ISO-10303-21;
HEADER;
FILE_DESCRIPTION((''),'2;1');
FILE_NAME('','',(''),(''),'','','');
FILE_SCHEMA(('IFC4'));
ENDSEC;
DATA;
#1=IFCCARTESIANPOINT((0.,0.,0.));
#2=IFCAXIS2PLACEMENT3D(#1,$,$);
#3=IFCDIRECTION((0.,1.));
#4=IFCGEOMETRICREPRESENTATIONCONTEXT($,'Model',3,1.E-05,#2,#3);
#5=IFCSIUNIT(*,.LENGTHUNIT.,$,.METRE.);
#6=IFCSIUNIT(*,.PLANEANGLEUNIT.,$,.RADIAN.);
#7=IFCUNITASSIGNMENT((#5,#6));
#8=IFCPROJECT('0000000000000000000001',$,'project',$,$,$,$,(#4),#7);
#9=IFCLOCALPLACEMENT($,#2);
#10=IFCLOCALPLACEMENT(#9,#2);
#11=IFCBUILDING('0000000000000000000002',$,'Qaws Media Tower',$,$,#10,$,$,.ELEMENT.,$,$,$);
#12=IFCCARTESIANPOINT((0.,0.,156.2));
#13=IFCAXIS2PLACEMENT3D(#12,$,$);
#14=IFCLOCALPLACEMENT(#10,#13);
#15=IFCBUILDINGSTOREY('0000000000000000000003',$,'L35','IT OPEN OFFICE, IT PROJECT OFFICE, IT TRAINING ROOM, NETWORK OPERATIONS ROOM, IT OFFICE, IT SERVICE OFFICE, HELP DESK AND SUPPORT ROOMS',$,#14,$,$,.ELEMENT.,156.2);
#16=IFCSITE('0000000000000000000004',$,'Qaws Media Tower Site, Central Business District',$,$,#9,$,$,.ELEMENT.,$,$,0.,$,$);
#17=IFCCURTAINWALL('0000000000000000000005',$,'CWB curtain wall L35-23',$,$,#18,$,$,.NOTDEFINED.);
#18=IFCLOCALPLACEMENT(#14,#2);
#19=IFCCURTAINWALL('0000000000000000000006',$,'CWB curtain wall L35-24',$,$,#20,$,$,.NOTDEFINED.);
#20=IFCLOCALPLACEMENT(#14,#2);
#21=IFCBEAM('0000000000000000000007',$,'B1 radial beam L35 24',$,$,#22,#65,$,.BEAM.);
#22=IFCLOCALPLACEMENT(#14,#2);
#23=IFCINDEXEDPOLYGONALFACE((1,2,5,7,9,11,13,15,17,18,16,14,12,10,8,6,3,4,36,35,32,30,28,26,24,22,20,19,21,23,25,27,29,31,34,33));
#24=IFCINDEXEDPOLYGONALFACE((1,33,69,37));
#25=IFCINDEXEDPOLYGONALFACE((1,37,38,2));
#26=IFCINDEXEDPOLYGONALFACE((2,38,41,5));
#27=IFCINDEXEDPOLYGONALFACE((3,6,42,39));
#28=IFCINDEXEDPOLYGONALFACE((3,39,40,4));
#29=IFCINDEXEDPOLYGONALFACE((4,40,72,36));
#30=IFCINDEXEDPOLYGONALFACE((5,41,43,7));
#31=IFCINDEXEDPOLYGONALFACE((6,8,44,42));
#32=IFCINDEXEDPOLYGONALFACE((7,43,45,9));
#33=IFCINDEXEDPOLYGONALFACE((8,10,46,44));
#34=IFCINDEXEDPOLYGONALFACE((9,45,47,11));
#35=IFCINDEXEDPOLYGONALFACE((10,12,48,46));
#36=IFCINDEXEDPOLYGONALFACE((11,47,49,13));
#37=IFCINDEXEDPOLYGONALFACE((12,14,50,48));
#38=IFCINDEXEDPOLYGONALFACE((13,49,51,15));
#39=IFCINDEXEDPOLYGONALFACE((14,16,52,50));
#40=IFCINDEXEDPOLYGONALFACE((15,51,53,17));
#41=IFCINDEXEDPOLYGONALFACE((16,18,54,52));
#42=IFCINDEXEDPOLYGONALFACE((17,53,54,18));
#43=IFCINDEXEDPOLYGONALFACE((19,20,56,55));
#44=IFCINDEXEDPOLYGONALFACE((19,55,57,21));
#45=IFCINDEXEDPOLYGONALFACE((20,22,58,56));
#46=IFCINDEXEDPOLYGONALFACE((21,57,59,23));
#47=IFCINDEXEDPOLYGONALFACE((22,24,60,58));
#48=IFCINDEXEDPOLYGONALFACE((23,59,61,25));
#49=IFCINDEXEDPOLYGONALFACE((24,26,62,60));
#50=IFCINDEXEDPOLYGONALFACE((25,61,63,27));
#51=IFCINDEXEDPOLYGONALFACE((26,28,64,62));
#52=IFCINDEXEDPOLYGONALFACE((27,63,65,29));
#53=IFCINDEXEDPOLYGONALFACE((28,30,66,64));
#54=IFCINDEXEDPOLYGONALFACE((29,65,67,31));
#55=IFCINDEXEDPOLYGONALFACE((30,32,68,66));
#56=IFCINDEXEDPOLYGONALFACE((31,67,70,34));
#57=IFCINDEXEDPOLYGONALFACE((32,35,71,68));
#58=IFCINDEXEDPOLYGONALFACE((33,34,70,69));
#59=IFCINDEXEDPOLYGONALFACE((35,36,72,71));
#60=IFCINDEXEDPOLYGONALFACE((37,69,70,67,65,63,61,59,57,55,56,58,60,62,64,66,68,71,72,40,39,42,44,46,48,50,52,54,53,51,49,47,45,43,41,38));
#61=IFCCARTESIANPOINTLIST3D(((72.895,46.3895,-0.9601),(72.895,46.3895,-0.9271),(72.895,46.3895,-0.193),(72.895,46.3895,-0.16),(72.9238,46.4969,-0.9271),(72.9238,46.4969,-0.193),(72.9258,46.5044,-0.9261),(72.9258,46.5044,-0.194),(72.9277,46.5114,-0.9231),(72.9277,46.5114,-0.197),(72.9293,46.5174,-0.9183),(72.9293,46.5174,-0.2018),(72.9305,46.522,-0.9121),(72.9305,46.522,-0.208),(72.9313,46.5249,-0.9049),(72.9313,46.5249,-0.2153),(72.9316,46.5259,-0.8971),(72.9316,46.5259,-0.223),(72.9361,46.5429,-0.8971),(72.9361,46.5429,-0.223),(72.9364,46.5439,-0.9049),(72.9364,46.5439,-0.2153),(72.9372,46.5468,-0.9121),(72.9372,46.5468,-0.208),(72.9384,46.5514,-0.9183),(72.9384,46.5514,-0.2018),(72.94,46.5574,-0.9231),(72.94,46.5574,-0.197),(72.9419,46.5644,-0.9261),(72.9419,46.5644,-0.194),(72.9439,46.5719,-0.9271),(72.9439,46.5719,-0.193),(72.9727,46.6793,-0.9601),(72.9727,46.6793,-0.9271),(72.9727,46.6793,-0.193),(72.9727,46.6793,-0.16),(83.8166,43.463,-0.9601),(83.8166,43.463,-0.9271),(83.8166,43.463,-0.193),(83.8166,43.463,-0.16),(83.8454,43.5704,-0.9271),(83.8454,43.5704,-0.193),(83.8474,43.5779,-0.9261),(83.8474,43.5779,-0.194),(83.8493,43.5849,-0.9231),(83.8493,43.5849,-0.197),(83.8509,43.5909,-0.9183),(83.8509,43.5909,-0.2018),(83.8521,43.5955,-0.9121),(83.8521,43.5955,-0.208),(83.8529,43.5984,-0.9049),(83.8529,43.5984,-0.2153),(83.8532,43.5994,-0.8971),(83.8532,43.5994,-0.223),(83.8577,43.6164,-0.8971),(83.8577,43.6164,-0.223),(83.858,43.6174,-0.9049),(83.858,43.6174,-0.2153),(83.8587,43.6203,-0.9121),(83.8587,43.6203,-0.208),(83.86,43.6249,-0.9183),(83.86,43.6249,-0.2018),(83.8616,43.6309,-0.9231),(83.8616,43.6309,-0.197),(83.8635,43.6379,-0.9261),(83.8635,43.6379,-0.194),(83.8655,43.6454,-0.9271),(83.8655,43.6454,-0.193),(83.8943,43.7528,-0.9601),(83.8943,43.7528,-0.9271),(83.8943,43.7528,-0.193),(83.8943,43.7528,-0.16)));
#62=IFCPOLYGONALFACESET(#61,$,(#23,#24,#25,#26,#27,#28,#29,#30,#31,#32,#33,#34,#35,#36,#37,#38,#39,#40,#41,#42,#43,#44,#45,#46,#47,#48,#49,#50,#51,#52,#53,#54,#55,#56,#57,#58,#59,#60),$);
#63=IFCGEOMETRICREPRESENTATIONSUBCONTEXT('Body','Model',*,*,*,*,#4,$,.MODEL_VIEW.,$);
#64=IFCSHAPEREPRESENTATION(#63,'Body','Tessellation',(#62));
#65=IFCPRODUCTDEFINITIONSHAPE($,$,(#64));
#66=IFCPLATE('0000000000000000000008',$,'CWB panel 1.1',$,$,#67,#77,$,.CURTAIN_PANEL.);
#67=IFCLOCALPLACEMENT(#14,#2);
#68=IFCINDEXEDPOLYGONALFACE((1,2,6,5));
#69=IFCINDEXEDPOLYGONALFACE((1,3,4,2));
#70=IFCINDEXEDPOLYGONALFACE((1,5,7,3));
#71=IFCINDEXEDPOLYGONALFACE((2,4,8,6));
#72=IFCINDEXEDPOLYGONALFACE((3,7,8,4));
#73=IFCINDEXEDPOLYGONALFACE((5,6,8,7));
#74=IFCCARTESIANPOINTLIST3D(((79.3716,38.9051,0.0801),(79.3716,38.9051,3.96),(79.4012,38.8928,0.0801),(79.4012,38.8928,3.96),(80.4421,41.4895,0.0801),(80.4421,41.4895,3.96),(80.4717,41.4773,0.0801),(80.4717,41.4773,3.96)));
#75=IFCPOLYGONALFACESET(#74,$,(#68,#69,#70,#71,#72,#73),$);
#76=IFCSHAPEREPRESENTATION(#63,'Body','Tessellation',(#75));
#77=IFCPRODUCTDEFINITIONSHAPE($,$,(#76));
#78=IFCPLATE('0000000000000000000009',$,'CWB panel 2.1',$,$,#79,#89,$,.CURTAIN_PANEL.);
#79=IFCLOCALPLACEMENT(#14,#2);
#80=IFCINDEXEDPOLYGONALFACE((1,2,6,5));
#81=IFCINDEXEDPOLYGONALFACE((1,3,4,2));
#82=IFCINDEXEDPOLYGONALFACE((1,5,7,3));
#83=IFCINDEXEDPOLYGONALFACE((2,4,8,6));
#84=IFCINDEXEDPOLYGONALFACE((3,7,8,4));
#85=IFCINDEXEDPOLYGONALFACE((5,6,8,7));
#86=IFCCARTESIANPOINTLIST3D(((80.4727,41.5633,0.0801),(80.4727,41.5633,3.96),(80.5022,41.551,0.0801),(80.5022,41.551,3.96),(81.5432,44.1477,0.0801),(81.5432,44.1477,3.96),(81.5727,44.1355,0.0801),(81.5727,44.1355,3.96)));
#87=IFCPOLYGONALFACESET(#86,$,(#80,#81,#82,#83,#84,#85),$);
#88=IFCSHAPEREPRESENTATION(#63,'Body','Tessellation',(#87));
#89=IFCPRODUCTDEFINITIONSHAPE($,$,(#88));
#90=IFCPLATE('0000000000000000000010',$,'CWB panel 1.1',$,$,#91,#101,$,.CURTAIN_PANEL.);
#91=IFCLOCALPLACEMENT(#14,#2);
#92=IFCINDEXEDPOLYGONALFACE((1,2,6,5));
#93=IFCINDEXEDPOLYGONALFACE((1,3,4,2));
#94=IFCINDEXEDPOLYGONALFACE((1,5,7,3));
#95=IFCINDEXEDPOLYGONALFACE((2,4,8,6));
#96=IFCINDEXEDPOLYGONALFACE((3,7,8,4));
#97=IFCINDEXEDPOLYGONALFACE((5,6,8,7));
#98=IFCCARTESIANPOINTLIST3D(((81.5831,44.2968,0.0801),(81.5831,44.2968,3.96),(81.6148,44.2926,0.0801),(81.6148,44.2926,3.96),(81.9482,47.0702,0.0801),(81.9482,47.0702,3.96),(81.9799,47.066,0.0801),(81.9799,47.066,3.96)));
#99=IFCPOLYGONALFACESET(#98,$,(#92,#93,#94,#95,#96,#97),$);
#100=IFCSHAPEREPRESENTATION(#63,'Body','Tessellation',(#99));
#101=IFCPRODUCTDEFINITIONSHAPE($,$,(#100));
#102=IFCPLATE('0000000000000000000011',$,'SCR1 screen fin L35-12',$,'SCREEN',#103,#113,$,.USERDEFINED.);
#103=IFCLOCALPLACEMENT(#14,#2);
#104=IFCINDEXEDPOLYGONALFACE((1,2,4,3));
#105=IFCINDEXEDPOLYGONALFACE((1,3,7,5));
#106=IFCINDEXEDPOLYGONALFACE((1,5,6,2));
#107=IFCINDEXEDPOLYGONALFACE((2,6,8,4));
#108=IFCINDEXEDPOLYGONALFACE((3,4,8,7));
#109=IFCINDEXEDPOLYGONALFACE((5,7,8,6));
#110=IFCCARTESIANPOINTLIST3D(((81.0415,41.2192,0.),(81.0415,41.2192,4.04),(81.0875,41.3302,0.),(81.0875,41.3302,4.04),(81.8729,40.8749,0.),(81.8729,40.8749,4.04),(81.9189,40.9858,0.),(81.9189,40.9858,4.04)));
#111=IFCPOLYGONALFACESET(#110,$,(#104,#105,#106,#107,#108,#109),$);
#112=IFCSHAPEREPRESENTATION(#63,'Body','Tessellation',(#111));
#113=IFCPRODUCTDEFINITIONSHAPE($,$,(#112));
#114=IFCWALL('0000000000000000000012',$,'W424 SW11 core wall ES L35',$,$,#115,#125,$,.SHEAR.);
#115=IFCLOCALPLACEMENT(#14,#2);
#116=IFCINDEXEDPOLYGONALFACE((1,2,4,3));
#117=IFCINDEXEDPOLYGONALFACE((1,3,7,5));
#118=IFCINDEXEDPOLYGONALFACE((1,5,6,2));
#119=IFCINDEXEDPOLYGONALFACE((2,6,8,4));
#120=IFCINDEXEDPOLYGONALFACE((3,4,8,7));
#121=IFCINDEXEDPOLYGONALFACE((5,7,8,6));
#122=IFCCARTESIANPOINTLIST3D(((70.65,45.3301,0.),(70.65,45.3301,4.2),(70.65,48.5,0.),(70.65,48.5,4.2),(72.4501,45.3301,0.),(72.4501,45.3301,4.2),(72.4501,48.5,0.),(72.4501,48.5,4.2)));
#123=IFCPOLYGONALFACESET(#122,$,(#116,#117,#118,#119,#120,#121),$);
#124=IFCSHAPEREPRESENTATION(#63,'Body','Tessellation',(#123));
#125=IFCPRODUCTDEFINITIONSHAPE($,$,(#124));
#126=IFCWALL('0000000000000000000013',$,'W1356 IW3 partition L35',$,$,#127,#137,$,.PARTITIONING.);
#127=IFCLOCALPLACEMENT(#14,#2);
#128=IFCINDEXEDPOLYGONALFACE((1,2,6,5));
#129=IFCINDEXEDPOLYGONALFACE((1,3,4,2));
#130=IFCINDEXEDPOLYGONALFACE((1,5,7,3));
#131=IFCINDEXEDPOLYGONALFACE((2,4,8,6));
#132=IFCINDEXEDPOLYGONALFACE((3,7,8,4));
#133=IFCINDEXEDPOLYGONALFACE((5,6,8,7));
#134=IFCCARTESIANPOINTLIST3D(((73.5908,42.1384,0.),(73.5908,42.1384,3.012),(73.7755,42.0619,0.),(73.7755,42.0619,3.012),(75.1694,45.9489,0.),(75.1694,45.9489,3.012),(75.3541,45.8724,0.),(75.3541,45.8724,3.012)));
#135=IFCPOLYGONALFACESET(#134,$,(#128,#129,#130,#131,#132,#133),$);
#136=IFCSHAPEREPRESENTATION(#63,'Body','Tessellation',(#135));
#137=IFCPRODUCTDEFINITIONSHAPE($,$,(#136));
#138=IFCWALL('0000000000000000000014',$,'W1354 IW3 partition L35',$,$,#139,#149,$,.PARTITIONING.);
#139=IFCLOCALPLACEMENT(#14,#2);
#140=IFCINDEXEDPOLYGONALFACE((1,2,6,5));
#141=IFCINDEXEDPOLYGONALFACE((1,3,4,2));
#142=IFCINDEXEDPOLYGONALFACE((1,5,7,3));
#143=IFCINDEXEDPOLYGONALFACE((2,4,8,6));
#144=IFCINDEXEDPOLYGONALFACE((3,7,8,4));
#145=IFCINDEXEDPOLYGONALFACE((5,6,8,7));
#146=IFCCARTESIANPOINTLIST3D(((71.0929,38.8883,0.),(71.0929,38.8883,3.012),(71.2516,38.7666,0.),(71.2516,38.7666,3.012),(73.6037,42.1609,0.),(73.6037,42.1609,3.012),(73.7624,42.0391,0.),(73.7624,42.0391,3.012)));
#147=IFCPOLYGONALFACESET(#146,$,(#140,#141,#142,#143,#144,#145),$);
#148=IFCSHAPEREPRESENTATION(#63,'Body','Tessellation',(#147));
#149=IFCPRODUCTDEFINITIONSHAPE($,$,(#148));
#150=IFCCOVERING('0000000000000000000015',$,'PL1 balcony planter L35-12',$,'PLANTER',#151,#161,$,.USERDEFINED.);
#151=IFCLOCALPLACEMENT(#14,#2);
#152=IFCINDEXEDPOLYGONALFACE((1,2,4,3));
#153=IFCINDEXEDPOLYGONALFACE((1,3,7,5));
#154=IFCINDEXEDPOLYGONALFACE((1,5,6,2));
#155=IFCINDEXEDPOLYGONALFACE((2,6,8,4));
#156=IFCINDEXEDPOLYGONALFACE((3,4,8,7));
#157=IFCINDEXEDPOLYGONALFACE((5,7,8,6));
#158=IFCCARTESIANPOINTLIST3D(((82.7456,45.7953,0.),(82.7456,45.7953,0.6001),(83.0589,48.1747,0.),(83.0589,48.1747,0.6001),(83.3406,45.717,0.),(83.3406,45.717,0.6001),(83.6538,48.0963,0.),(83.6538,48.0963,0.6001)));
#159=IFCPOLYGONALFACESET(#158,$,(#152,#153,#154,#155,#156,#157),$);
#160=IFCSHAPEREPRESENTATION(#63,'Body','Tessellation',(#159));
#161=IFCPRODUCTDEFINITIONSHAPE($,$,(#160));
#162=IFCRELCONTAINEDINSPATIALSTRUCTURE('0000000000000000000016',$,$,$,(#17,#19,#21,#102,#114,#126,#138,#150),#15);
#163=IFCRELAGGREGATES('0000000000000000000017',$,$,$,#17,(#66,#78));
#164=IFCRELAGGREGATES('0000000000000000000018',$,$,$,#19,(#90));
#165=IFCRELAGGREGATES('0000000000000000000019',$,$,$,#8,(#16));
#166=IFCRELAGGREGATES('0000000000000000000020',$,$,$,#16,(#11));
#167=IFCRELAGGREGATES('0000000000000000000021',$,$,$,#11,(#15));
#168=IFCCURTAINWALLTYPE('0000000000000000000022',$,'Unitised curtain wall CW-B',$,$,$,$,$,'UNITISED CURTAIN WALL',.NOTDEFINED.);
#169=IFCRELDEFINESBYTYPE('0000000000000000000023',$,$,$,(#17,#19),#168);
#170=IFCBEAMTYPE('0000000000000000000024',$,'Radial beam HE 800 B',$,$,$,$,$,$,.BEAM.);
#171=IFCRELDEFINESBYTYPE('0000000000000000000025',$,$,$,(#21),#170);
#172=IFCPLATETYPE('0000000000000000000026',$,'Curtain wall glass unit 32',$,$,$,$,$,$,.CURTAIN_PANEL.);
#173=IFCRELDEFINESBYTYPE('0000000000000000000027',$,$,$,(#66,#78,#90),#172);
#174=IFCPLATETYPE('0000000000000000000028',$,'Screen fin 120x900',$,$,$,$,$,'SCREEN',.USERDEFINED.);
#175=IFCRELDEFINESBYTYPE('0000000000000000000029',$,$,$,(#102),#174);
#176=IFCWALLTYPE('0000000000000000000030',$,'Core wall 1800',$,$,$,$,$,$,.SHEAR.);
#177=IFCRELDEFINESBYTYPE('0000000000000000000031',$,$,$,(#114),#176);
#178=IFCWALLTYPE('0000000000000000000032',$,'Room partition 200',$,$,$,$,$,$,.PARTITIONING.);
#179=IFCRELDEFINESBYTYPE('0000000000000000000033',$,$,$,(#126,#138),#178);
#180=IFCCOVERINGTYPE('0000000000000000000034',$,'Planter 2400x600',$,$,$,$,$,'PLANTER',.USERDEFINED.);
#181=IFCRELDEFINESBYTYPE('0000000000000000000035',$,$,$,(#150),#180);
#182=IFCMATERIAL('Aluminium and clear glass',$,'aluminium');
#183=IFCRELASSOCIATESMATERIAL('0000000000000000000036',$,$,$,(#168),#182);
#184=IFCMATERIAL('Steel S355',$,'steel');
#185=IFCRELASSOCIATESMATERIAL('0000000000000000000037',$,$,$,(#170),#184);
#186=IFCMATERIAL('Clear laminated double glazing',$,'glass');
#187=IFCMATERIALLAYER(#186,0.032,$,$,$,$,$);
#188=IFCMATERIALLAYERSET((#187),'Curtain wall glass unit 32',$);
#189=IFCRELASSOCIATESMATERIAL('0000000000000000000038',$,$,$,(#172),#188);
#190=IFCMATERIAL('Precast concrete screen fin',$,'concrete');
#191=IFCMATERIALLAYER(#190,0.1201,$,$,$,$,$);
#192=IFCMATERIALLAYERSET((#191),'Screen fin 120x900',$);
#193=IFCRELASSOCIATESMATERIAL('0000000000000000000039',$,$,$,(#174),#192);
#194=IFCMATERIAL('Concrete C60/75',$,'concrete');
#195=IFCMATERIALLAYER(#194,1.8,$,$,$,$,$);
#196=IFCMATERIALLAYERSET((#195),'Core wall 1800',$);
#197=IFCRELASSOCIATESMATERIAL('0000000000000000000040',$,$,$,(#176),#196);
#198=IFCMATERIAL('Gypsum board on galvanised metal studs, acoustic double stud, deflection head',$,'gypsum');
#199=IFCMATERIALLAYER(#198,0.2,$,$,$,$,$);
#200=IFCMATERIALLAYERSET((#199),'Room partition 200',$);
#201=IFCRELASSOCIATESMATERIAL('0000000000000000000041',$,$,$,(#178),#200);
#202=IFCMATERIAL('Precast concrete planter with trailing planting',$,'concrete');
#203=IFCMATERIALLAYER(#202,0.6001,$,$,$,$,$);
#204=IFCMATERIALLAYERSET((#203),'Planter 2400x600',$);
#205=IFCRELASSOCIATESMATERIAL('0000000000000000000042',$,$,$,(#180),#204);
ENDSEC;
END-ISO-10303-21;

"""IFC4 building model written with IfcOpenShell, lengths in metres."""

from ifc_helpers import new_model, si_unit, direction, frame, frame_2d, origin, origin_2d, place, context, subcontext, project, spatial, rectangle, i_section, extrude, material, layer, layer_set, material_profile, profile_set, type_object, element, aggregate, save


model = new_model("IFC4")

# Units and contexts
model_context = context("Model", 3, precision=1e-05, world=origin(), true_north=direction((0.0, 1.0)))
body_context = subcontext(model_context, "Body", "Model", "MODEL_VIEW")
ifc_project = project(units=[si_unit("LENGTHUNIT", "METRE"), si_unit("PLANEANGLEUNIT", "RADIAN")], contexts=[model_context])

# Site, building, storey
site_placement = place(None, origin())
site = spatial("IfcSite", under=ifc_project, at=site_placement, Name="Qaws Media Tower Site, Central Business District", CompositionType="ELEMENT", RefElevation=0.0)
building_placement = place(site_placement, origin())
building = spatial("IfcBuilding", under=site, at=building_placement, Name="Qaws Media Tower", CompositionType="ELEMENT")
storey_placement = place(building_placement, frame((0.0, 0.0, 156.2)))
storey = spatial("IfcBuildingStorey", under=building, at=storey_placement, Name="L35", Description="IT OPEN OFFICE, IT PROJECT OFFICE, IT TRAINING ROOM, NETWORK OPERATIONS ROOM, IT OFFICE, IT SERVICE OFFICE, HELP DESK AND SUPPORT ROOMS", CompositionType="ELEMENT", Elevation=156.2)

# Curtain walls
ifc_material_1 = material(Name="Aluminium and clear glass", Category="aluminium")
curtain_wall_type = type_object("IfcCurtainWallType", Name="Unitised curtain wall CW-B", ElementType="UNITISED CURTAIN WALL", PredefinedType="NOTDEFINED", material=ifc_material_1)
curtain_wall_1_placement = place(storey_placement, origin())
curtain_wall_1 = element("IfcCurtainWall", 1, at=curtain_wall_1_placement, inside=storey, type_object=curtain_wall_type, Name="CWB curtain wall L35-23", PredefinedType="NOTDEFINED")
curtain_wall_2_placement = place(storey_placement, origin())
curtain_wall_2 = element("IfcCurtainWall", 2, at=curtain_wall_2_placement, inside=storey, type_object=curtain_wall_type, Name="CWB curtain wall L35-24", PredefinedType="NOTDEFINED")

# Beam
ifc_material_2 = material(Name="Steel S355", Category="steel")
ifc_material_profile_1 = material_profile(ifc_material_2, i_section(OverallWidth=0.3, OverallDepth=0.8, WebThickness=0.0176, FlangeThickness=0.033, FilletRadius=0.03, at=origin_2d()), Name="HE 800 B")
ifc_profile_set_1 = profile_set([ifc_material_profile_1], Name="Steel S355")
beam_type_1 = type_object("IfcBeamType", Name="Radial beam HE 800 B", PredefinedType="BEAM", material=ifc_profile_set_1)
beam_1_placement = place(storey_placement, frame((72.9338, 46.5344, -0.5601), z_axis=(0.965924, -0.258825, 0.0), x_axis=(0.258825, 0.965924, 0.0)))
element("IfcBeam", 3, at=beam_1_placement, inside=storey, type_object=beam_type_1, Name="B1 radial beam L35 24", PredefinedType="BEAM", context=body_context, shape_type="SweptSolid", body=[
    extrude(i_section(OverallWidth=0.3, OverallDepth=0.8, WebThickness=0.0176, FlangeThickness=0.033, FilletRadius=0.03, at=origin_2d()), origin(), (0.0, 0.0, 1.0), 11.3069),
])

# Plates
ifc_material_3 = material(Name="Clear laminated double glazing", Category="glass")
ifc_layer_1 = layer(ifc_material_3, 0.032)
ifc_layer_set_1 = layer_set([ifc_layer_1], Name="Curtain wall glass unit 32")
plate_type_1 = type_object("IfcPlateType", Name="Curtain wall glass unit 32", PredefinedType="CURTAIN_PANEL", material=ifc_layer_set_1)
plate_1_placement = place(storey_placement, frame((79.9216, 40.1912, 0.0801), z_axis=(0.0, 0.0, 1.0), x_axis=(0.382683, 0.92388, 0.0)))
plate_1 = element("IfcPlate", 4, at=plate_1_placement, type_object=plate_type_1, Name="CWB panel 1.1", PredefinedType="CURTAIN_PANEL", context=body_context, shape_type="SweptSolid", body=[
    extrude(rectangle(XDim=2.7974, YDim=0.032, at=origin_2d()), origin(), (0.0, 0.0, 1.0), 3.8799),
])
plate_2_placement = place(storey_placement, frame((81.0227, 42.8494, 0.0801), z_axis=(0.0, 0.0, 1.0), x_axis=(0.382683, 0.92388, 0.0)))
plate_2 = element("IfcPlate", 5, at=plate_2_placement, type_object=plate_type_1, Name="CWB panel 2.1", PredefinedType="CURTAIN_PANEL", context=body_context, shape_type="SweptSolid", body=[
    extrude(rectangle(XDim=2.7974, YDim=0.032, at=origin_2d()), origin(), (0.0, 0.0, 1.0), 3.8799),
])
aggregate(curtain_wall_1, [plate_1, plate_2])
plate_3_placement = place(storey_placement, frame((81.7815, 45.6814, 0.0801), z_axis=(0.0, 0.0, 1.0), x_axis=(0.130526, 0.991445, 0.0)))
plate_3 = element("IfcPlate", 6, at=plate_3_placement, type_object=plate_type_1, Name="CWB panel 1.1", PredefinedType="CURTAIN_PANEL", context=body_context, shape_type="SweptSolid", body=[
    extrude(rectangle(XDim=2.7974, YDim=0.032, at=origin_2d()), origin(), (0.0, 0.0, 1.0), 3.8799),
])
aggregate(curtain_wall_2, [plate_3])
ifc_material_4 = material(Name="Precast concrete screen fin", Category="concrete")
ifc_layer_2 = layer(ifc_material_4, 0.1201)
ifc_layer_set_2 = layer_set([ifc_layer_2], Name="Screen fin 120x900")
plate_type_2 = type_object("IfcPlateType", Name="Screen fin 120x900", ElementType="SCREEN", PredefinedType="USERDEFINED", material=ifc_layer_set_2)
plate_4_placement = place(storey_placement, frame((81.4802, 41.1025, 0.0), z_axis=(0.0, 0.0, 1.0), x_axis=(0.92388, -0.382683, 0.0)))
element("IfcPlate", 7, at=plate_4_placement, inside=storey, type_object=plate_type_2, Name="SCR1 screen fin L35-12", ObjectType="SCREEN", PredefinedType="USERDEFINED", context=body_context, shape_type="SweptSolid", body=[
    extrude(rectangle(XDim=0.8999, YDim=0.1201, at=origin_2d()), origin(), (0.0, 0.0, 1.0), 4.04),
])

# Walls
ifc_material_5 = material(Name="Concrete C60/75", Category="concrete")
ifc_layer_3 = layer(ifc_material_5, 1.8)
ifc_layer_set_3 = layer_set([ifc_layer_3], Name="Core wall 1800")
wall_type_1 = type_object("IfcWallType", Name="Core wall 1800", PredefinedType="SHEAR", material=ifc_layer_set_3)
wall_1_placement = place(storey_placement, frame((71.55, 45.3301, 0.0), z_axis=(0.0, 0.0, 1.0), x_axis=(0.0, 1.0, 0.0)))
element("IfcWall", 8, at=wall_1_placement, inside=storey, type_object=wall_type_1, Name="W424 SW11 core wall ES L35", PredefinedType="SHEAR", context=body_context, shape_type="SweptSolid", body=[
    extrude(rectangle(XDim=3.1699, YDim=1.8, at=frame_2d((1.585, 0.0))), origin(), (0.0, 0.0, 1.0), 4.2),
])
ifc_material_6 = material(Name="Gypsum board on galvanised metal studs, acoustic double stud, deflection head", Category="gypsum")
ifc_layer_4 = layer(ifc_material_6, 0.2)
ifc_layer_set_4 = layer_set([ifc_layer_4], Name="Room partition 200")
wall_type_2 = type_object("IfcWallType", Name="Room partition 200", PredefinedType="PARTITIONING", material=ifc_layer_set_4)
wall_2_placement = place(storey_placement, frame((75.2617, 45.9106, 0.0), z_axis=(0.0, 0.0, 1.0), x_axis=(-0.382732, -0.92386, 0.0)))
element("IfcWall", 9, at=wall_2_placement, inside=storey, type_object=wall_type_2, Name="W1356 IW3 partition L35", PredefinedType="PARTITIONING", context=body_context, shape_type="SweptSolid", body=[
    extrude(rectangle(XDim=4.1245, YDim=0.2, at=frame_2d((2.0623, 0.0))), origin(), (0.0, 0.0, 1.0), 3.012),
])
wall_3_placement = place(storey_placement, frame((73.6831, 42.1001, 0.0), z_axis=(0.0, 0.0, 1.0), x_axis=(-0.608715, -0.793389, 0.0)))
element("IfcWall", 10, at=wall_3_placement, inside=storey, type_object=wall_type_2, Name="W1354 IW3 partition L35", PredefinedType="PARTITIONING", context=body_context, shape_type="SweptSolid", body=[
    extrude(rectangle(XDim=4.1248, YDim=0.2, at=frame_2d((2.0625, 0.0))), origin(), (0.0, 0.0, 1.0), 3.012),
])

# Covering
ifc_material_7 = material(Name="Precast concrete planter with trailing planting", Category="concrete")
ifc_layer_5 = layer(ifc_material_7, 0.6001)
ifc_layer_set_5 = layer_set([ifc_layer_5], Name="Planter 2400x600")
covering_type = type_object("IfcCoveringType", Name="Planter 2400x600", ElementType="PLANTER", PredefinedType="USERDEFINED", material=ifc_layer_set_5)
covering_placement = place(storey_placement, frame((83.1997, 46.9458, 0.0), z_axis=(0.0, 0.0, 1.0), x_axis=(0.130526, 0.991445, 0.0)))
element("IfcCovering", 11, at=covering_placement, inside=storey, type_object=covering_type, Name="PL1 balcony planter L35-12", ObjectType="PLANTER", PredefinedType="USERDEFINED", context=body_context, shape_type="SweptSolid", body=[
    extrude(rectangle(XDim=2.3999, YDim=0.6001, at=origin_2d()), origin(), (0.0, 0.0, 1.0), 0.6001),
])

save(model, "model.ifc")
